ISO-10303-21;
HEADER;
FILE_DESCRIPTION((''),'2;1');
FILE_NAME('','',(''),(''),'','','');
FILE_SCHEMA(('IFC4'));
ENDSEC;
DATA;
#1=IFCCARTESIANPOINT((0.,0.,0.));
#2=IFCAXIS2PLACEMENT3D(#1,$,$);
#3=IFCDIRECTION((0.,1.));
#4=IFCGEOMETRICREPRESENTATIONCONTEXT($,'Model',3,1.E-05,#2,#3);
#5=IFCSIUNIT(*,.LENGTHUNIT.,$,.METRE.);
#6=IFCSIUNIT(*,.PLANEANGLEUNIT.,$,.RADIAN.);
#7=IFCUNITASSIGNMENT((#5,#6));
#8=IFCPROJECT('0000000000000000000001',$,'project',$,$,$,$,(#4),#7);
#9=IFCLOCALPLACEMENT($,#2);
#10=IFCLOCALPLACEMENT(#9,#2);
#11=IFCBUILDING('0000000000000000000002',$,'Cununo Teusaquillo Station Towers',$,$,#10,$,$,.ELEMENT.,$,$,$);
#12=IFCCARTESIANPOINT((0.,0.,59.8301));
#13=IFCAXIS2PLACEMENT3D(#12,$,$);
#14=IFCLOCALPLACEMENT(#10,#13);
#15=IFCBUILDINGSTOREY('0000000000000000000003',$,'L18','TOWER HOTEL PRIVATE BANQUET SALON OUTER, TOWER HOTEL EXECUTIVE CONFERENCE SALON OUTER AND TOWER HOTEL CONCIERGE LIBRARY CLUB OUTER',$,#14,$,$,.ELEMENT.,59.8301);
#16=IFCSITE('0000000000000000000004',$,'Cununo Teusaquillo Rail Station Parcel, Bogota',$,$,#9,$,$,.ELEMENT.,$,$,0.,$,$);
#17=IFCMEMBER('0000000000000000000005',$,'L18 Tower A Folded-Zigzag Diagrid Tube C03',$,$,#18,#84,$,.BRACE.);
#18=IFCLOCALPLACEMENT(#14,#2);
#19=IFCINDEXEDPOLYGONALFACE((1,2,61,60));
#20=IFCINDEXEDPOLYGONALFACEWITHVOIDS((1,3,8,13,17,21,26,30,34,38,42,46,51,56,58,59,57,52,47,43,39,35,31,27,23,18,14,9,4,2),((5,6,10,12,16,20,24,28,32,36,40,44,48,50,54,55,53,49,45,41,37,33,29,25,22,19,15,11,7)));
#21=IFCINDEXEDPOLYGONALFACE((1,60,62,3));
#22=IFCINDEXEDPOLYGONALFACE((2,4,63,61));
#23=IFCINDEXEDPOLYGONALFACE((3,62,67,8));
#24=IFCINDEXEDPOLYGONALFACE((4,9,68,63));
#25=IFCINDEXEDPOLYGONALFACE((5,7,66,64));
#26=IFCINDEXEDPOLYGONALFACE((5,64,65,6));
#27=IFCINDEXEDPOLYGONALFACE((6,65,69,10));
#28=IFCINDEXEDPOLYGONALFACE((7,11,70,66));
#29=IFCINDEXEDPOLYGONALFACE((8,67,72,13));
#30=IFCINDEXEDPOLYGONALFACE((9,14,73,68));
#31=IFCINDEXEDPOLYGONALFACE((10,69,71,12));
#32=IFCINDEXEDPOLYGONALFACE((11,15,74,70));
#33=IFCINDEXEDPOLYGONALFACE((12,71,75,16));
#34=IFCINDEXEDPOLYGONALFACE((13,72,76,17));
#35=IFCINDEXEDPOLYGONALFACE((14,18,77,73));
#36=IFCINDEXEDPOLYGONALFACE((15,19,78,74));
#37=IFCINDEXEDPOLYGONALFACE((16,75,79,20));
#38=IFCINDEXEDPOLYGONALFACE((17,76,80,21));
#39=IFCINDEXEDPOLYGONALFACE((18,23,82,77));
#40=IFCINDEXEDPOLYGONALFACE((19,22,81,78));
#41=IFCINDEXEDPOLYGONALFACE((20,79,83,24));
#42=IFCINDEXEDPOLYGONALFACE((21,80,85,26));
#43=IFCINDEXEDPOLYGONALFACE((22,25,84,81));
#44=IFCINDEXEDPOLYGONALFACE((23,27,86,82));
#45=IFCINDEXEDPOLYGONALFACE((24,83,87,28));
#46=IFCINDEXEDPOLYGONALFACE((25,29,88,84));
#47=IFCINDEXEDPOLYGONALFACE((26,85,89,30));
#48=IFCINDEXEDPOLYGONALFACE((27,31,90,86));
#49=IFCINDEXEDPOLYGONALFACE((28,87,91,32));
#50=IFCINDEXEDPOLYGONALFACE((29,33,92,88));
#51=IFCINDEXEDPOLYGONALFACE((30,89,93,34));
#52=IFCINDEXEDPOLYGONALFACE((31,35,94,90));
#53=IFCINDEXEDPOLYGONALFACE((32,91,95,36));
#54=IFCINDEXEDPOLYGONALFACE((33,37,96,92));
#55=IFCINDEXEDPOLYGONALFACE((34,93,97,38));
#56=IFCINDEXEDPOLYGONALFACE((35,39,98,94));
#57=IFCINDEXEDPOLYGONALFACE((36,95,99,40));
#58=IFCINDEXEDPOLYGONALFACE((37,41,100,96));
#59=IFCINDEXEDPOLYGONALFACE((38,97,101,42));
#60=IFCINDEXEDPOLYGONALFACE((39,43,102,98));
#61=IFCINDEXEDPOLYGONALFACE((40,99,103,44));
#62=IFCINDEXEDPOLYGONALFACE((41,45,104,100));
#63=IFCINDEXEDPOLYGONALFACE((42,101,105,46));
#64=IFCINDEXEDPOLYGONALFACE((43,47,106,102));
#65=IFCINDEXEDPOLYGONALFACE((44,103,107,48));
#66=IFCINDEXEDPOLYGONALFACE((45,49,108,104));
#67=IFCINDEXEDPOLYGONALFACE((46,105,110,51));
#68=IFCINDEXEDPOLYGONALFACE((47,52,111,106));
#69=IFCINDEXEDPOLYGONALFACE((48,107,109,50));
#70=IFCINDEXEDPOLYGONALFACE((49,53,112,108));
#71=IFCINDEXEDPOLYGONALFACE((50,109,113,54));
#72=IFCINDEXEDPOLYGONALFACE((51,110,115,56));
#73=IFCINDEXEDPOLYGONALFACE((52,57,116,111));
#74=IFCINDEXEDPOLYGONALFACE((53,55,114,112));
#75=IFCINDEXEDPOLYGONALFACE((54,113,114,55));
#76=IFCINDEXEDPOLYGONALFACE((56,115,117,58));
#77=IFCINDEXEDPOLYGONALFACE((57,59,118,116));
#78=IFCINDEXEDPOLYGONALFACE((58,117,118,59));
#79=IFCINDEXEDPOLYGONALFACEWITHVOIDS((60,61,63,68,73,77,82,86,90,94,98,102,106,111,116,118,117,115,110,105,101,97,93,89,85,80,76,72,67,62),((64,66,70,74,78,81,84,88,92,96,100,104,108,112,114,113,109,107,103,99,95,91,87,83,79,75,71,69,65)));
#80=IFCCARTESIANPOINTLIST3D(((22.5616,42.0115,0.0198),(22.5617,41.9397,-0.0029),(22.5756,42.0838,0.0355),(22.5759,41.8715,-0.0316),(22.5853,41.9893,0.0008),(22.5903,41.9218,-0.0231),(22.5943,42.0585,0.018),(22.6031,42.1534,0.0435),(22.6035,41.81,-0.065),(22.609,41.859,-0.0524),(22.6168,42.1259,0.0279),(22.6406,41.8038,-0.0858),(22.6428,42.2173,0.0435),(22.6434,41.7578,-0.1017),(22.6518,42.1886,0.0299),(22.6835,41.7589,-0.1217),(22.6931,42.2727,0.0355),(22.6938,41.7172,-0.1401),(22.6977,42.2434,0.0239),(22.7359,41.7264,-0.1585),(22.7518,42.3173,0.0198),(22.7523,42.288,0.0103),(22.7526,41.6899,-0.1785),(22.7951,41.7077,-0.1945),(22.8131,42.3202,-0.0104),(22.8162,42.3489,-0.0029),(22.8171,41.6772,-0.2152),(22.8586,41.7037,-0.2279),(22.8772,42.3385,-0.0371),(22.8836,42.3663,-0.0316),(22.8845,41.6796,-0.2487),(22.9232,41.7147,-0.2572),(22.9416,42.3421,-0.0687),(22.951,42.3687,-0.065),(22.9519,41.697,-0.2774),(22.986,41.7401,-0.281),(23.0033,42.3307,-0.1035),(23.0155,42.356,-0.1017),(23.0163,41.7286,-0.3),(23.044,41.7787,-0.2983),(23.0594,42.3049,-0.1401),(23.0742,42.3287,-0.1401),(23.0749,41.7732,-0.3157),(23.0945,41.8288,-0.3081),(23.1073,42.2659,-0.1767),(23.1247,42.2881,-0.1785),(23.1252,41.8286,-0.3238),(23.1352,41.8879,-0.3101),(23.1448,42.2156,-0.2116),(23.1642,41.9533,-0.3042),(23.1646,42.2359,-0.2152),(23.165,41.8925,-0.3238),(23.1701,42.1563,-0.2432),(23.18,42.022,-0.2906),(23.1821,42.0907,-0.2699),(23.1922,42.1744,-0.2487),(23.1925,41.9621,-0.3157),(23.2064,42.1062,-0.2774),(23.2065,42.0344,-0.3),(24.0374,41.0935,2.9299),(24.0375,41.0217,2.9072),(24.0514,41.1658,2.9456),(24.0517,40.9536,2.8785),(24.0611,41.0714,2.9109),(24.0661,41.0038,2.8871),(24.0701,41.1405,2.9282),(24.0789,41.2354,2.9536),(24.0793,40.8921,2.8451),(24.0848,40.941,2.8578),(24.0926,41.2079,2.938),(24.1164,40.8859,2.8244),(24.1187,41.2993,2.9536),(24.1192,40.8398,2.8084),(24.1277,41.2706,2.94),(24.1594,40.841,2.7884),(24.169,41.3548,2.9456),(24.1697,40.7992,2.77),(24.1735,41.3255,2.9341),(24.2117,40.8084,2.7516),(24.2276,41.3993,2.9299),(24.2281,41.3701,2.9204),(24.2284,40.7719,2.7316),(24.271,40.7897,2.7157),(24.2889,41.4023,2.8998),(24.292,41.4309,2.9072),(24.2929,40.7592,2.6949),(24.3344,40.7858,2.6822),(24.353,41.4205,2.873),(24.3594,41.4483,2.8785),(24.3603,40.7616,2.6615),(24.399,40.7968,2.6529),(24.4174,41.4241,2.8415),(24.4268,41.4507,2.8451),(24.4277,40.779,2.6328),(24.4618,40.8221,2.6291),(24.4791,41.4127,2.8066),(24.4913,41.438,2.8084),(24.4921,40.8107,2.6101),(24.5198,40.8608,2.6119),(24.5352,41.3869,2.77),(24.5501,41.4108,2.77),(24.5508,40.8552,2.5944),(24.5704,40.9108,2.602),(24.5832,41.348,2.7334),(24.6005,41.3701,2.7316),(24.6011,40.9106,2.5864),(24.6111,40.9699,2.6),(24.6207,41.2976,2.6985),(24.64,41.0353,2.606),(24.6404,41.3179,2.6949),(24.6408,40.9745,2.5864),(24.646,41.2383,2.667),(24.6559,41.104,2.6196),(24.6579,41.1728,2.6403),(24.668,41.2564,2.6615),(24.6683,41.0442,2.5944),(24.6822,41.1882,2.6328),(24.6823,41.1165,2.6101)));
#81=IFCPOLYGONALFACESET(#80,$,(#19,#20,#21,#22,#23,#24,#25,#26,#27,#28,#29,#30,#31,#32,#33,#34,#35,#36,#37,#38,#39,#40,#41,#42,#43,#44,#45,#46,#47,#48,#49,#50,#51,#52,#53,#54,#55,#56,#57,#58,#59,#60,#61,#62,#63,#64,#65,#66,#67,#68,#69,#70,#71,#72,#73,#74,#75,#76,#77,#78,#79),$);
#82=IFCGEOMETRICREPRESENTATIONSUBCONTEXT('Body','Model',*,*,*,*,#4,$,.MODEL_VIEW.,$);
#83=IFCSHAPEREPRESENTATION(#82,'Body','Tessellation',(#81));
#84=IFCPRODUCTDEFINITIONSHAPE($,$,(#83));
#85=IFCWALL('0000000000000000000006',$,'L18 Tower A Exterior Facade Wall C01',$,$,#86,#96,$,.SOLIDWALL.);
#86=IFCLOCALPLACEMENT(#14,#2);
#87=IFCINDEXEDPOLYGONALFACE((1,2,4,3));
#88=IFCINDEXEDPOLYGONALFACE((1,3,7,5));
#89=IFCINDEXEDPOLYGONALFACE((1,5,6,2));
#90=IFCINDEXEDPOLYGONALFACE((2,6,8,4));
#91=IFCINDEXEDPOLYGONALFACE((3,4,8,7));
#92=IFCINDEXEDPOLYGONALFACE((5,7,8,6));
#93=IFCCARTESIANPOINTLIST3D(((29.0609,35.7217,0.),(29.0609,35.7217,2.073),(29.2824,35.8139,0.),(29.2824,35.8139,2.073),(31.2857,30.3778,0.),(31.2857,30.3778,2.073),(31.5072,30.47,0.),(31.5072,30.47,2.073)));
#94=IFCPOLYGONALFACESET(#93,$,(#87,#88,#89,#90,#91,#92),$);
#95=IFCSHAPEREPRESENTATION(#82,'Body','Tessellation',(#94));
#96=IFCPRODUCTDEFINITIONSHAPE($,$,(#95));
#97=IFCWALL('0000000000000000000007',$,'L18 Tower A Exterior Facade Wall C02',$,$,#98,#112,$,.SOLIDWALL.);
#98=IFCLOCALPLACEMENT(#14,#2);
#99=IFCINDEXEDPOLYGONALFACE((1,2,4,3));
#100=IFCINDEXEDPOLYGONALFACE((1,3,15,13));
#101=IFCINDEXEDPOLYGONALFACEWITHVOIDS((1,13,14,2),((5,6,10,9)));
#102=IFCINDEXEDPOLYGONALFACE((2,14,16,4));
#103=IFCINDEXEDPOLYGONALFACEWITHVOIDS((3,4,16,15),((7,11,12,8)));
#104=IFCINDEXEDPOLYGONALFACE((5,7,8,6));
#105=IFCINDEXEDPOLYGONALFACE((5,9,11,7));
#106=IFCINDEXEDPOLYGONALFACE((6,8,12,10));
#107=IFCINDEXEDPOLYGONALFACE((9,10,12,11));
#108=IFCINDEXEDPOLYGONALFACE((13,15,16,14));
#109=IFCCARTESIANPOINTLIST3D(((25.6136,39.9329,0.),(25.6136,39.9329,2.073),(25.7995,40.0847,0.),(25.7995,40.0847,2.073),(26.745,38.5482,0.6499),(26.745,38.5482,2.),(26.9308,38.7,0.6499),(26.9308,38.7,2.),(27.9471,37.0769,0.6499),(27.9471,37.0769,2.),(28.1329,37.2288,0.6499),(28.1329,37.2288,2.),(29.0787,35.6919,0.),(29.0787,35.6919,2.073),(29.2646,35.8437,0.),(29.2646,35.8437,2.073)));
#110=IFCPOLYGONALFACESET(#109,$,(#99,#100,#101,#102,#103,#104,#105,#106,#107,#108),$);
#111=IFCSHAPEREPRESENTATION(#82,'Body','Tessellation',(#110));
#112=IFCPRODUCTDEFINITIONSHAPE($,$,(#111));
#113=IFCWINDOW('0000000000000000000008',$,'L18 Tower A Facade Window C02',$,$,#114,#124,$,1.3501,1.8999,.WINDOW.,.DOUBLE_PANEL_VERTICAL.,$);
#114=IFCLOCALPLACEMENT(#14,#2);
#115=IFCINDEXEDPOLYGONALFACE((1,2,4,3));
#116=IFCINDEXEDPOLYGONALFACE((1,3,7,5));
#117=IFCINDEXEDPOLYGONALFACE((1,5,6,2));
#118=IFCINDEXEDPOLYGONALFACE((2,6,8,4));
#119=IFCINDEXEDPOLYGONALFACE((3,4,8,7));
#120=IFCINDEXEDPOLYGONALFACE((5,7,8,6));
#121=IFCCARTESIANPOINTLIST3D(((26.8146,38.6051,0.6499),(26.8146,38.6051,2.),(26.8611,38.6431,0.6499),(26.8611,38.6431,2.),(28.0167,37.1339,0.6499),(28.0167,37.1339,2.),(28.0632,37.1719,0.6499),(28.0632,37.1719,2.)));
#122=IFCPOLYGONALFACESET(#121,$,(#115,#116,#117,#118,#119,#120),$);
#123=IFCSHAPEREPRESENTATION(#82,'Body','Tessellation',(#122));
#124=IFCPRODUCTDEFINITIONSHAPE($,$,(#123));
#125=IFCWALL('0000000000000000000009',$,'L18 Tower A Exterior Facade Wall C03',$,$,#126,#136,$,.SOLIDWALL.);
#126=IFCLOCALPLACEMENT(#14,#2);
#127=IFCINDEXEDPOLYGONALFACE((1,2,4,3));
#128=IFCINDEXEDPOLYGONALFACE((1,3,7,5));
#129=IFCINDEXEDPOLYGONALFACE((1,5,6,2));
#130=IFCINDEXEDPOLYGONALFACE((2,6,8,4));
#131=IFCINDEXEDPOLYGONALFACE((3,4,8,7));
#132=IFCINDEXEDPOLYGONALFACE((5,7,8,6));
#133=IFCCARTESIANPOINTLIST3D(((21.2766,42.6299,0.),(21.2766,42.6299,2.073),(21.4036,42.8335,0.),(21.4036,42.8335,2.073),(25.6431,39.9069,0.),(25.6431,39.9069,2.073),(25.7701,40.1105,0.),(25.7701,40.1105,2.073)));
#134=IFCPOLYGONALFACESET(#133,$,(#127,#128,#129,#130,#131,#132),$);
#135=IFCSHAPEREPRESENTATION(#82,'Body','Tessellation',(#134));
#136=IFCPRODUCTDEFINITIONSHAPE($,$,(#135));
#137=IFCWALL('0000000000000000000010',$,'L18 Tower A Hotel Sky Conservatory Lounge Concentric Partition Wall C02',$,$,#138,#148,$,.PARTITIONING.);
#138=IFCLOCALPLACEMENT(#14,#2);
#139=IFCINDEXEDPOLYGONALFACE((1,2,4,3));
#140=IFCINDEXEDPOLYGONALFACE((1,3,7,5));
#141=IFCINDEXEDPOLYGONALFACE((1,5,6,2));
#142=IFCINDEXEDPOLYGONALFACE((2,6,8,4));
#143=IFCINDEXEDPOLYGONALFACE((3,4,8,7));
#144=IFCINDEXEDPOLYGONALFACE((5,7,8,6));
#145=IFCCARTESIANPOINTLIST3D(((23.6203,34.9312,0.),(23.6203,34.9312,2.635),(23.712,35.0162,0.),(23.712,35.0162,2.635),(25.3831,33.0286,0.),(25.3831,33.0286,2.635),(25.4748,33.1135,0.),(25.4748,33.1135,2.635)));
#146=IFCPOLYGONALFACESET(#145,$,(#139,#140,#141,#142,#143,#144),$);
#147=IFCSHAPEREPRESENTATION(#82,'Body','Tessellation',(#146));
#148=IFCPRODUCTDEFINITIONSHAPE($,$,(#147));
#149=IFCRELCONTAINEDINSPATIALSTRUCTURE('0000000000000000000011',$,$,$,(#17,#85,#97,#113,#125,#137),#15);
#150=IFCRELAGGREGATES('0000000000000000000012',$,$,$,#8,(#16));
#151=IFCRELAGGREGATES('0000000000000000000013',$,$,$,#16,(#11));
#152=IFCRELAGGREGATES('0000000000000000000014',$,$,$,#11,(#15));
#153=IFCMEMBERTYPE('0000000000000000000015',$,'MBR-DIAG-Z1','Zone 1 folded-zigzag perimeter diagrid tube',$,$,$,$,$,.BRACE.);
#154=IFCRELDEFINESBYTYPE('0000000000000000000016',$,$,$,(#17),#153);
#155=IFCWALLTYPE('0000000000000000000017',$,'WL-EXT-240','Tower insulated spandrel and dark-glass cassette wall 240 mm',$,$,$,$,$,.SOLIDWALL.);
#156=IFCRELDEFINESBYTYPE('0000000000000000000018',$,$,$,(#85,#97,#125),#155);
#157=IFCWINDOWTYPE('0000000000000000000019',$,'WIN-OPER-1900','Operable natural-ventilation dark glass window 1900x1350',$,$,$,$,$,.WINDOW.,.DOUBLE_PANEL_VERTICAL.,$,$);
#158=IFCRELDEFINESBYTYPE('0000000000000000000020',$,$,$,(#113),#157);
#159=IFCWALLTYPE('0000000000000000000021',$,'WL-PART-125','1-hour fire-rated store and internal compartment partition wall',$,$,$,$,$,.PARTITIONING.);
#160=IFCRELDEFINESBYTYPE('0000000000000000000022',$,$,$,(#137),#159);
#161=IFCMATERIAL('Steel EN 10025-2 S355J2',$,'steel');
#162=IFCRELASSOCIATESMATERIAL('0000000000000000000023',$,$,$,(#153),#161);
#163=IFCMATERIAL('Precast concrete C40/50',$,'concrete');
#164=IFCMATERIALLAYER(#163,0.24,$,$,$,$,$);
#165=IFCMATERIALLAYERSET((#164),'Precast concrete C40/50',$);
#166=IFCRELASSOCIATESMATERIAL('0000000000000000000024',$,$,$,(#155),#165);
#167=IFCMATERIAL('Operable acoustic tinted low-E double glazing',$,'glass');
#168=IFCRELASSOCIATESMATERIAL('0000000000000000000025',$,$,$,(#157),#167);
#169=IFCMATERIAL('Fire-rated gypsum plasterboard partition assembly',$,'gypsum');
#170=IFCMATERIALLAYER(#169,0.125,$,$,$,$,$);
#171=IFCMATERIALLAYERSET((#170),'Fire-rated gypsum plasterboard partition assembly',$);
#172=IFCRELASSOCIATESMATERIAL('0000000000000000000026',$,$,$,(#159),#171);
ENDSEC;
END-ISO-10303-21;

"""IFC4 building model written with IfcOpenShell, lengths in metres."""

from ifc_helpers import new_model, si_unit, direction, frame, frame_2d, origin, origin_2d, place, context, subcontext, project, spatial, rectangle, hollow_circle, extrude, source, transform, mapped, material, layer, layer_set, material_profile, profile_set, type_object, element, fill, save


model = new_model("IFC4")

# Units and contexts
model_context = context("Model", 3, precision=1e-05, world=origin(), true_north=direction((0.0, 1.0)))
body_context = subcontext(model_context, "Body", "Model", "MODEL_VIEW")
ifc_project = project(units=[si_unit("LENGTHUNIT", "METRE"), si_unit("PLANEANGLEUNIT", "RADIAN")], contexts=[model_context])

# Site, building, storey
site_placement = place(None, origin())
site = spatial("IfcSite", under=ifc_project, at=site_placement, Name="Cununo Teusaquillo Rail Station Parcel, Bogota", CompositionType="ELEMENT", RefElevation=0.0)
building_placement = place(site_placement, origin())
building = spatial("IfcBuilding", under=site, at=building_placement, Name="Cununo Teusaquillo Station Towers", CompositionType="ELEMENT")
storey_placement = place(building_placement, frame((0.0, 0.0, 59.8301)))
storey = spatial("IfcBuildingStorey", under=building, at=storey_placement, Name="L18", Description="TOWER HOTEL PRIVATE BANQUET SALON OUTER, TOWER HOTEL EXECUTIVE CONFERENCE SALON OUTER AND TOWER HOTEL CONCIERGE LIBRARY CLUB OUTER", CompositionType="ELEMENT", Elevation=59.8301)

# Member
ifc_material_1 = material(Name="Steel EN 10025-2 S355J2", Category="steel")
ifc_material_profile_1 = material_profile(ifc_material_1, hollow_circle(Radius=0.3601, WallThickness=0.0281, at=origin_2d()), Name="CHS 720x28")
ifc_profile_set_1 = profile_set([ifc_material_profile_1], Name="Steel EN 10025-2 S355J2")
member_type = type_object("IfcMemberType", Name="MBR-DIAG-Z1", Description="Zone 1 folded-zigzag perimeter diagrid tube", PredefinedType="BRACE", material=ifc_profile_set_1)
member_1_placement = place(storey_placement, frame((22.884, 42.0229, -0.1401), z_axis=(0.435393, -0.270815, 0.858541), x_axis=(0.528167, 0.849141, 0.0)))
element("IfcMember", 1, at=member_1_placement, inside=storey, type_object=member_type, Name="L18 Tower A Folded-Zigzag Diagrid Tube C03", PredefinedType="BRACE", context=body_context, shape_type="SweptSolid", body=[
    extrude(hollow_circle(Radius=0.3601, WallThickness=0.0281, at=origin_2d()), origin(), (0.0, 0.0, 1.0), 3.3896),
])

# Wall
ifc_material_2 = material(Name="Precast concrete C40/50", Category="concrete")
ifc_layer_1 = layer(ifc_material_2, 0.24)
ifc_layer_set_1 = layer_set([ifc_layer_1], Name="Precast concrete C40/50")
wall_type_1 = type_object("IfcWallType", Name="WL-EXT-240", Description="Tower insulated spandrel and dark-glass cassette wall 240 mm", PredefinedType="SOLIDWALL", material=ifc_layer_set_1)
wall_1_placement = place(storey_placement, frame((29.1716, 35.7678, 0.0), z_axis=(0.0, 0.0, 1.0), x_axis=(0.384349, -0.923188, 0.0)))
element("IfcWall", 2, at=wall_1_placement, inside=storey, type_object=wall_type_1, Name="L18 Tower A Exterior Facade Wall C01", PredefinedType="SOLIDWALL", context=body_context, shape_type="SweptSolid", body=[
    extrude(rectangle(XDim=5.7886, YDim=0.24, at=frame_2d((2.8943, 0.0))), origin(), (0.0, 0.0, 1.0), 2.073),
])

# Wall, opening, window
wall_2_placement = place(storey_placement, frame((25.7065, 40.0088, 0.0), z_axis=(0.0, 0.0, 1.0), x_axis=(0.632713, -0.774386, 0.0)))
wall_2 = element("IfcWall", 3, at=wall_2_placement, inside=storey, type_object=wall_type_1, Name="L18 Tower A Exterior Facade Wall C02", PredefinedType="SOLIDWALL", context=body_context, shape_type="SweptSolid", body=[
    extrude(rectangle(XDim=5.4766, YDim=0.24, at=frame_2d((2.7383, 0.0))), origin(), (0.0, 0.0, 1.0), 2.073),
])
shared_shape_1 = source(origin(), body_context, "Body", "SweptSolid", [
    extrude(rectangle(XDim=1.8999, YDim=1.3501, at=frame_2d((0.95, 0.675))), frame((0.0, 0.1299, 0.0), z_axis=(0.0, -1.0, 0.0), x_axis=(1.0, 0.0, 0.0)), (0.0, 0.0, 1.0), 0.26),
])
opening_1_placement = place(wall_2_placement, frame((1.7881, 0.0, 0.6499)))
opening_1 = element("IfcOpeningElement", 4, at=opening_1_placement, cuts=wall_2, PredefinedType="OPENING", context=body_context, shape_type="MappedRepresentation", body=[
    mapped(shared_shape_1, transform((0.0, 0.0, 0.0), x_axis=(1.0, 0.0, 0.0), y_axis=(0.0, 1.0, 0.0), z_axis=(0.0, 0.0, 1.0), scale=1.0)),
])
ifc_material_3 = material(Name="Operable acoustic tinted low-E double glazing", Category="glass")
window_type = type_object("IfcWindowType", Name="WIN-OPER-1900", Description="Operable natural-ventilation dark glass window 1900x1350", PartitioningType="DOUBLE_PANEL_VERTICAL", PredefinedType="WINDOW", material=ifc_material_3)
shared_shape_2 = source(origin(), body_context, "Body", "SweptSolid", [
    extrude(rectangle(XDim=1.8999, YDim=1.3501, at=frame_2d((0.95, 0.675))), frame((0.0, 0.03, 0.0), z_axis=(0.0, -1.0, 0.0), x_axis=(1.0, 0.0, 0.0)), (0.0, 0.0, 1.0), 0.0601),
])
window_placement = place(opening_1_placement, origin())
window = element("IfcWindow", 5, at=window_placement, inside=storey, type_object=window_type, Name="L18 Tower A Facade Window C02", OverallHeight=1.3501, OverallWidth=1.8999, PartitioningType="DOUBLE_PANEL_VERTICAL", PredefinedType="WINDOW", context=body_context, shape_type="MappedRepresentation", body=[
    mapped(shared_shape_2, transform((0.0, 0.0, 0.0), x_axis=(1.0, 0.0, 0.0), y_axis=(0.0, 1.0, 0.0), z_axis=(0.0, 0.0, 1.0), scale=1.0)),
])
fill(opening_1, window)

# Walls
wall_3_placement = place(storey_placement, frame((21.3401, 42.7317, 0.0), z_axis=(0.0, 0.0, 1.0), x_axis=(0.848534, -0.529141, 0.0)))
element("IfcWall", 6, at=wall_3_placement, inside=storey, type_object=wall_type_1, Name="L18 Tower A Exterior Facade Wall C03", PredefinedType="SOLIDWALL", context=body_context, shape_type="SweptSolid", body=[
    extrude(rectangle(XDim=5.146, YDim=0.24, at=frame_2d((2.573, 0.0))), origin(), (0.0, 0.0, 1.0), 2.073),
])
ifc_material_4 = material(Name="Fire-rated gypsum plasterboard partition assembly", Category="gypsum")
ifc_layer_2 = layer(ifc_material_4, 0.125)
ifc_layer_set_2 = layer_set([ifc_layer_2], Name="Fire-rated gypsum plasterboard partition assembly")
wall_type_2 = type_object("IfcWallType", Name="WL-PART-125", Description="1-hour fire-rated store and internal compartment partition wall", PredefinedType="PARTITIONING", material=ifc_layer_set_2)
wall_4_placement = place(storey_placement, frame((25.429, 33.071, 0.0), z_axis=(0.0, 0.0, 1.0), x_axis=(-0.679624, 0.733561, 0.0)))
element("IfcWall", 7, at=wall_4_placement, inside=storey, type_object=wall_type_2, Name="L18 Tower A Hotel Sky Conservatory Lounge Concentric Partition Wall C02", PredefinedType="PARTITIONING", context=body_context, shape_type="SweptSolid", body=[
    extrude(rectangle(XDim=2.5938, YDim=0.125, at=frame_2d((1.2969, 0.0))), origin(), (0.0, 0.0, 1.0), 2.635),
])

save(model, "model.ifc")
